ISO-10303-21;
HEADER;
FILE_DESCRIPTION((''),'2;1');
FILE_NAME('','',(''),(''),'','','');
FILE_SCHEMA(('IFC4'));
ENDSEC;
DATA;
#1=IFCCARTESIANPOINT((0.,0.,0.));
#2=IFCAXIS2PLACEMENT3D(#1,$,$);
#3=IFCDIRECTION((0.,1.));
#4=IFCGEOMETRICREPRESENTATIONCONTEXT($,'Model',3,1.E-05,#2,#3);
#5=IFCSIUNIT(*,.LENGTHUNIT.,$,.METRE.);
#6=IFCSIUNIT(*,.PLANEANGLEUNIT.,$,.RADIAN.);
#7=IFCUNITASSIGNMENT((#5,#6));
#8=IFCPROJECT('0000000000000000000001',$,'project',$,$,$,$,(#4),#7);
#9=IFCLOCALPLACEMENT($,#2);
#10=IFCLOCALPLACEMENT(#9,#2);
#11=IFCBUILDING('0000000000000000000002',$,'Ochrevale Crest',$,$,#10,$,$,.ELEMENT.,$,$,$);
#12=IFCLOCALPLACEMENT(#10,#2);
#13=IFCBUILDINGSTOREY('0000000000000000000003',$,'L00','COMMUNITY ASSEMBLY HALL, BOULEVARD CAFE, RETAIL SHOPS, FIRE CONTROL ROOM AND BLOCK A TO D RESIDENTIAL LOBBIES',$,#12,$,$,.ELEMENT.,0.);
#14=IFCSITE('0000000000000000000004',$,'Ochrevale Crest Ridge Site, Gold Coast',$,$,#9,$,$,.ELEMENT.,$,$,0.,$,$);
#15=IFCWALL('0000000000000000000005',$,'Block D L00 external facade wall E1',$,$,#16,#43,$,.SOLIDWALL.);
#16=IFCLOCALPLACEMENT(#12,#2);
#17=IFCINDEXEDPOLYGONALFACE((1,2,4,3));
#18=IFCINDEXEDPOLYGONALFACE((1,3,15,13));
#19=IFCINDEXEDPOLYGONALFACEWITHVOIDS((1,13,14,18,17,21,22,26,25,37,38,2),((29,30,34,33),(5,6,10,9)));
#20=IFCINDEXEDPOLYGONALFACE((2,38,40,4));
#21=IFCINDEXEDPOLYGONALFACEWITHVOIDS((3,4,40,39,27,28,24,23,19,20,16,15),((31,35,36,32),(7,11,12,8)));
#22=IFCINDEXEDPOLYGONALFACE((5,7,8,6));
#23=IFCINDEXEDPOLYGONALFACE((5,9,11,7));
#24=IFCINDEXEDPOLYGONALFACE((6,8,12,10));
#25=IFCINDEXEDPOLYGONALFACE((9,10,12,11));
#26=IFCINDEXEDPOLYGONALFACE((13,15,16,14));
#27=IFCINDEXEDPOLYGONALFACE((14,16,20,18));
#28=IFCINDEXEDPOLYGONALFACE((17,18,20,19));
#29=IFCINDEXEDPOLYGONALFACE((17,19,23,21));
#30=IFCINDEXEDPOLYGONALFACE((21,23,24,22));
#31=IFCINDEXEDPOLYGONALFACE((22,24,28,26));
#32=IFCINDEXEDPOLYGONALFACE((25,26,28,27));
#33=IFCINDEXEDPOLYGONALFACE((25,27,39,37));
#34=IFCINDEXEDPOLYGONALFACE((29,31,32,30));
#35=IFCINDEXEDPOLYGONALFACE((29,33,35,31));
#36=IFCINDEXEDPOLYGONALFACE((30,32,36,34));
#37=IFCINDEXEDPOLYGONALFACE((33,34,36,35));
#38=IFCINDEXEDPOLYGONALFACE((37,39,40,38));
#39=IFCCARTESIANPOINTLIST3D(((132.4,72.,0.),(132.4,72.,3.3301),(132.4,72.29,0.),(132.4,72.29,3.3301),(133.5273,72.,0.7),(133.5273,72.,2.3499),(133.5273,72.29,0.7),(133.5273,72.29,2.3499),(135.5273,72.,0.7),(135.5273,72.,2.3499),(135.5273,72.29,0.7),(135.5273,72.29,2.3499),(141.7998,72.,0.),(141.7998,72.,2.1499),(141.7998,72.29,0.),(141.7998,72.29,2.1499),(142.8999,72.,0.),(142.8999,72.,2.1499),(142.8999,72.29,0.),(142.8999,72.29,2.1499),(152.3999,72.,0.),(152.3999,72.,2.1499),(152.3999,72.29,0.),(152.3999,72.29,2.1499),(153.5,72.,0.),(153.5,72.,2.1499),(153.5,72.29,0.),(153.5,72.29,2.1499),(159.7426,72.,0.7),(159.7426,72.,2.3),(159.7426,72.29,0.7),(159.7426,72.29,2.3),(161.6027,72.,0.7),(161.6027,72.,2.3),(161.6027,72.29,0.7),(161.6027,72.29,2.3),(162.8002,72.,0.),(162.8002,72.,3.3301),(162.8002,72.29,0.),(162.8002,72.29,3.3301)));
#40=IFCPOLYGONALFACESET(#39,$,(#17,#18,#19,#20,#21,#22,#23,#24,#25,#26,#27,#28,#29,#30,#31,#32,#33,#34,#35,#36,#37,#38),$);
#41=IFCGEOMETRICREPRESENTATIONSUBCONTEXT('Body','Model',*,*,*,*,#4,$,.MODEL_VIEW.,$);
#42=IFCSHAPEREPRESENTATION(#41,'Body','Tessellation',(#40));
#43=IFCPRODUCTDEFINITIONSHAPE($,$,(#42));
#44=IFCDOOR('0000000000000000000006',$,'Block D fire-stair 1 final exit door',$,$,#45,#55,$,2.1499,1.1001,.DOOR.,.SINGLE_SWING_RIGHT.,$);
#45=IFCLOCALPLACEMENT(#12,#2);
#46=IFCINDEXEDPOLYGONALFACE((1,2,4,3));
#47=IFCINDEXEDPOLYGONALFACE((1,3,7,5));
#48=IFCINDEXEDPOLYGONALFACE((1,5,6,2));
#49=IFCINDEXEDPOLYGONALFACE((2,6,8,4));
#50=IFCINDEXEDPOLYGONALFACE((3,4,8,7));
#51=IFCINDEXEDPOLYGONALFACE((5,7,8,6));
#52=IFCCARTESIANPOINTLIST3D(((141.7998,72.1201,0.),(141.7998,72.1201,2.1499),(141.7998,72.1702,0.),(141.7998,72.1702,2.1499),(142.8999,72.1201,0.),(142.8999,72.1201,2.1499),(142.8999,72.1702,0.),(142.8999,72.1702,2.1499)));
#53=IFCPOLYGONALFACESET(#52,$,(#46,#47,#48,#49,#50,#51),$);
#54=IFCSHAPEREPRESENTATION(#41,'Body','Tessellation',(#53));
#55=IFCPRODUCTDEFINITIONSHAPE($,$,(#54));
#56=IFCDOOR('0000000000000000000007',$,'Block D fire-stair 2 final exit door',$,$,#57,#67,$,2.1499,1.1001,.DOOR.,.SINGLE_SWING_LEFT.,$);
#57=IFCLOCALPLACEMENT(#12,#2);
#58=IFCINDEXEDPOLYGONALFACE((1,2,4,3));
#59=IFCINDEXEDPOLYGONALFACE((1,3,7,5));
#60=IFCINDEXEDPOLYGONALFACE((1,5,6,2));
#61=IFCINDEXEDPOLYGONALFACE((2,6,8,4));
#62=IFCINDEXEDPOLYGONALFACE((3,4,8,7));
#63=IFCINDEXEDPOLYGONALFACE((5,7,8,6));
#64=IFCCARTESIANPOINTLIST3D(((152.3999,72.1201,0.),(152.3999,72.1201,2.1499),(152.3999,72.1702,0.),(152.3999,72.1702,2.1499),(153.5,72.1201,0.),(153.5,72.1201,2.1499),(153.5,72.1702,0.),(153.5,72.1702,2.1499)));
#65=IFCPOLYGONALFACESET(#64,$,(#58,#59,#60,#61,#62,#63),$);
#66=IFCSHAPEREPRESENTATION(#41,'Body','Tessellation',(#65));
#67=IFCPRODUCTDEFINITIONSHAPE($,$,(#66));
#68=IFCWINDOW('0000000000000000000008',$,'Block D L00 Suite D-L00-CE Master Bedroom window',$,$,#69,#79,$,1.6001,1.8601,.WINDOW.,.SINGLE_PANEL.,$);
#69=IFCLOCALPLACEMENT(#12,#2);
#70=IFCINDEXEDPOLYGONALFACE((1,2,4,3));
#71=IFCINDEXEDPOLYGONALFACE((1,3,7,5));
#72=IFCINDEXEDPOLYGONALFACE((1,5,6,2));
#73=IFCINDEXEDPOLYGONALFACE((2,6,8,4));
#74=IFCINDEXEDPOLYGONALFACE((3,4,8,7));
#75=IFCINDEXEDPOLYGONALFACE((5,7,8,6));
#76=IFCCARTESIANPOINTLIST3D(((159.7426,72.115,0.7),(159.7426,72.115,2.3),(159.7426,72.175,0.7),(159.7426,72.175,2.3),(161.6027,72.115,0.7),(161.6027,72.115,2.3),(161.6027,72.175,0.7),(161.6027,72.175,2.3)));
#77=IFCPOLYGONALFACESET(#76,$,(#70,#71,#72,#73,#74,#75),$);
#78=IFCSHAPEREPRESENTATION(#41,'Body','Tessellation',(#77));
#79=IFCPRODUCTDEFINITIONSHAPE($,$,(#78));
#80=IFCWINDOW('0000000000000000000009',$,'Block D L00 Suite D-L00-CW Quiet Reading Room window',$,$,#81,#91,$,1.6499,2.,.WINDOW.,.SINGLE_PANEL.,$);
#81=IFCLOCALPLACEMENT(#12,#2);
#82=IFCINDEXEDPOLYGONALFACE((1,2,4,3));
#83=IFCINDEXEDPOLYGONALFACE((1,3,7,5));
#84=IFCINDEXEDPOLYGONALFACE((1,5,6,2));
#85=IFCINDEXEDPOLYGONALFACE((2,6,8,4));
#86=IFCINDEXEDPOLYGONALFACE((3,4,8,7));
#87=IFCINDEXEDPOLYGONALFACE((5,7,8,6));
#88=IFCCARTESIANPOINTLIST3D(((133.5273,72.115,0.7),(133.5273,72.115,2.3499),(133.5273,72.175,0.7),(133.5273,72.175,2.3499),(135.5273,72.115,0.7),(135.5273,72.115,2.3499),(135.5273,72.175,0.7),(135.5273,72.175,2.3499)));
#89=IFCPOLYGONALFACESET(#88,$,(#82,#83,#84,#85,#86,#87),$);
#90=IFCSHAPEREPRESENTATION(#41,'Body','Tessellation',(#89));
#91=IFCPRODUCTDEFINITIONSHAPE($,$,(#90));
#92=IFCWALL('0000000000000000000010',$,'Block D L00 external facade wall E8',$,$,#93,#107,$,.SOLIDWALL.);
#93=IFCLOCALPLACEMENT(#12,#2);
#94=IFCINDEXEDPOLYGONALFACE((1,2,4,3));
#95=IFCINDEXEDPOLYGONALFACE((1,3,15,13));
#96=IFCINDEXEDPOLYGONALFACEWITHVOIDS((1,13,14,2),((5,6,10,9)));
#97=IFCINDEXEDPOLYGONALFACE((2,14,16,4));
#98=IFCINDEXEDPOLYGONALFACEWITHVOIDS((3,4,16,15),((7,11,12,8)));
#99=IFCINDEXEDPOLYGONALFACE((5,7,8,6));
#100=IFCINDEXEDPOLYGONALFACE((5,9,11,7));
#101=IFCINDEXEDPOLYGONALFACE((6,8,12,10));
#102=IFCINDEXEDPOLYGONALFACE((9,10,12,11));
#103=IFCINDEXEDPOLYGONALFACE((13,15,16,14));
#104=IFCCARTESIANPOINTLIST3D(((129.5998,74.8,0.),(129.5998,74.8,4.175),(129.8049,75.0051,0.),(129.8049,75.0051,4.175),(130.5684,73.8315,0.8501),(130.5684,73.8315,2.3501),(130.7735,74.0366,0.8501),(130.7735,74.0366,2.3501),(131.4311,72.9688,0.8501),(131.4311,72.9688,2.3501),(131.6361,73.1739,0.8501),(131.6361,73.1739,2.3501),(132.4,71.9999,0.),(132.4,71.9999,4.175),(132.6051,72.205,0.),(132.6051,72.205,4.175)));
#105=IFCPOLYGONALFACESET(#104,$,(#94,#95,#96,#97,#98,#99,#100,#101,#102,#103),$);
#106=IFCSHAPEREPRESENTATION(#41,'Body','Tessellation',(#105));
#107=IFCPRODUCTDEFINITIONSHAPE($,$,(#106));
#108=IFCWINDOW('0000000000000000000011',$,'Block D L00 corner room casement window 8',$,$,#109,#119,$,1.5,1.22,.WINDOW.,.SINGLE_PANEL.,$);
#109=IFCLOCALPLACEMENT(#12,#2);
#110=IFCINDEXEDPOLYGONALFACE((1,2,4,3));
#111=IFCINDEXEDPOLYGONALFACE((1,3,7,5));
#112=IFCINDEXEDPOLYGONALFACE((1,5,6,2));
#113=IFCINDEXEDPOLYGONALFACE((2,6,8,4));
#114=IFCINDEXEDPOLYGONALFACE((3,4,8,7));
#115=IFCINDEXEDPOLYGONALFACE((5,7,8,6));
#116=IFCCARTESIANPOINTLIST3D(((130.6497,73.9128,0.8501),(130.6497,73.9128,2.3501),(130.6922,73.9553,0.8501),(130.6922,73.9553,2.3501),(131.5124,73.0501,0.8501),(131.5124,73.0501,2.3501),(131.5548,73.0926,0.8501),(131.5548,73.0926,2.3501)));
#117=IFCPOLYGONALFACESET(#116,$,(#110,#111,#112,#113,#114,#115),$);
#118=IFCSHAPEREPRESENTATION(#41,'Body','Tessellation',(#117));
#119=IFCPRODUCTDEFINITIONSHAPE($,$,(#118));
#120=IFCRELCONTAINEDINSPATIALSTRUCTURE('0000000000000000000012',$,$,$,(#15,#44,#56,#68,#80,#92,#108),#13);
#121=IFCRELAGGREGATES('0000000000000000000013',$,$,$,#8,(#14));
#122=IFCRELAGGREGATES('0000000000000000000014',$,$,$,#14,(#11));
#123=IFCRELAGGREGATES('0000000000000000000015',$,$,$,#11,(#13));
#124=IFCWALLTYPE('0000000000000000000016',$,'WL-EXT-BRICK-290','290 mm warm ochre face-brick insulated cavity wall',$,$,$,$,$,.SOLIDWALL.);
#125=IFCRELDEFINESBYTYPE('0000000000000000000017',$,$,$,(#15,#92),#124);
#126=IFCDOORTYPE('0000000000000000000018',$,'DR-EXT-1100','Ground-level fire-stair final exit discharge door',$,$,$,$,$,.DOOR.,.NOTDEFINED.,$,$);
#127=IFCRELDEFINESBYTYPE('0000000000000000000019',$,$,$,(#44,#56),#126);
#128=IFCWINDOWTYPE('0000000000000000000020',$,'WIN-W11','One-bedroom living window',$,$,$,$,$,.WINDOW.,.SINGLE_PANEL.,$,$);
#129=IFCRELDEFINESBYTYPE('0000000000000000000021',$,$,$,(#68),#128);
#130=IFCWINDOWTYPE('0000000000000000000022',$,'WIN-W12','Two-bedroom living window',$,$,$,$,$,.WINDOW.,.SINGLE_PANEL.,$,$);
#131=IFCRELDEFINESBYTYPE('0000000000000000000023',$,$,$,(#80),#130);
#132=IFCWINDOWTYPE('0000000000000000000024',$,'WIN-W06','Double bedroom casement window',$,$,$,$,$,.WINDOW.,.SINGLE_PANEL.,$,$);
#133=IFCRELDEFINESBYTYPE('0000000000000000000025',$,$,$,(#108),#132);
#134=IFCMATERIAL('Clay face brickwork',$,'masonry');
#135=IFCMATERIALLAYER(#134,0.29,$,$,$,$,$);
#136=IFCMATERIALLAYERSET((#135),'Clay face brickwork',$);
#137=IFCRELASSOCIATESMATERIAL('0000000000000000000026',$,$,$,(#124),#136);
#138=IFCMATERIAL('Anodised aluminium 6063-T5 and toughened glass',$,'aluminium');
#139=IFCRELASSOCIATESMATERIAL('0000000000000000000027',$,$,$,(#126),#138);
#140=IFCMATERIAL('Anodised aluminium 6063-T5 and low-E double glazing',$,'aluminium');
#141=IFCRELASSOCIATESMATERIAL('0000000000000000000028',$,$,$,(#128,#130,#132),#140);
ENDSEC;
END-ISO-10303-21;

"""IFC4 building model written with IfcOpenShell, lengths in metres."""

from ifc_helpers import new_model, si_unit, direction, frame, frame_2d, origin, place, context, subcontext, project, spatial, rectangle, extrude, material, layer, layer_set, type_object, element, fill, save


model = new_model("IFC4")

# Units and contexts
model_context = context("Model", 3, precision=1e-05, world=origin(), true_north=direction((0.0, 1.0)))
body_context = subcontext(model_context, "Body", "Model", "MODEL_VIEW")
ifc_project = project(units=[si_unit("LENGTHUNIT", "METRE"), si_unit("PLANEANGLEUNIT", "RADIAN")], contexts=[model_context])

# Site, building, storey
site_placement = place(None, origin())
site = spatial("IfcSite", under=ifc_project, at=site_placement, Name="Ochrevale Crest Ridge Site, Gold Coast", CompositionType="ELEMENT", RefElevation=0.0)
building_placement = place(site_placement, origin())
building = spatial("IfcBuilding", under=site, at=building_placement, Name="Ochrevale Crest", CompositionType="ELEMENT")
storey_placement = place(building_placement, origin())
storey = spatial("IfcBuildingStorey", under=building, at=storey_placement, Name="L00", Description="COMMUNITY ASSEMBLY HALL, BOULEVARD CAFE, RETAIL SHOPS, FIRE CONTROL ROOM AND BLOCK A TO D RESIDENTIAL LOBBIES", CompositionType="ELEMENT", Elevation=0.0)

# Wall, openings, doors, windows
ifc_material_1 = material(Name="Clay face brickwork", Category="masonry")
ifc_layer_1 = layer(ifc_material_1, 0.29)
ifc_layer_set_1 = layer_set([ifc_layer_1], Name="Clay face brickwork")
wall_type_1 = type_object("IfcWallType", Name="WL-EXT-BRICK-290", Description="290 mm warm ochre face-brick insulated cavity wall", PredefinedType="SOLIDWALL", material=ifc_layer_set_1)
wall_1_placement = place(storey_placement, frame((132.3999, 72.145, 0.0), z_axis=(0.0, 0.0, 1.0), x_axis=(1.0, 0.0, 0.0)))
wall_1 = element("IfcWall", 1, at=wall_1_placement, inside=storey, type_object=wall_type_1, Name="Block D L00 external facade wall E1", PredefinedType="SOLIDWALL", context=body_context, shape_type="SweptSolid", body=[
    extrude(rectangle(XDim=30.4001, YDim=0.29, at=frame_2d((15.2002, 0.0))), origin(), (0.0, 0.0, 1.0), 3.3301),
])
opening_1_placement = place(wall_1_placement, frame((10.5, 0.0, 0.0), z_axis=(0.0, 0.0, 1.0), x_axis=(-1.0, 0.0, 0.0)))
opening_1 = element("IfcOpeningElement", 2, at=opening_1_placement, cuts=wall_1, PredefinedType="OPENING", context=body_context, shape_type="SweptSolid", body=[
    extrude(rectangle(XDim=1.1001, YDim=2.1499, at=frame_2d((0.55, 1.075))), frame((0.0, 0.155, 0.0), z_axis=(0.0, -1.0, 0.0), x_axis=(1.0, 0.0, 0.0)), (0.0, 0.0, 1.0), 0.3101),
])
opening_2_placement = place(wall_1_placement, frame((21.1001, 0.0, 0.0), z_axis=(0.0, 0.0, 1.0), x_axis=(-1.0, 0.0, 0.0)))
opening_2 = element("IfcOpeningElement", 3, at=opening_2_placement, cuts=wall_1, PredefinedType="OPENING", context=body_context, shape_type="SweptSolid", body=[
    extrude(rectangle(XDim=1.1001, YDim=2.1499, at=frame_2d((0.55, 1.075))), frame((0.0, 0.155, 0.0), z_axis=(0.0, -1.0, 0.0), x_axis=(1.0, 0.0, 0.0)), (0.0, 0.0, 1.0), 0.3101),
])
opening_3_placement = place(wall_1_placement, frame((27.3425, 0.0, 0.7)))
opening_3 = element("IfcOpeningElement", 4, at=opening_3_placement, cuts=wall_1, PredefinedType="OPENING", context=body_context, shape_type="SweptSolid", body=[
    extrude(rectangle(XDim=1.8601, YDim=1.6001, at=frame_2d((0.9302, 0.8))), frame((0.0, 0.155, 0.0), z_axis=(0.0, -1.0, 0.0), x_axis=(1.0, 0.0, 0.0)), (0.0, 0.0, 1.0), 0.3101),
])
opening_4_placement = place(wall_1_placement, frame((1.1274, 0.0, 0.7)))
opening_4 = element("IfcOpeningElement", 5, at=opening_4_placement, cuts=wall_1, PredefinedType="OPENING", context=body_context, shape_type="SweptSolid", body=[
    extrude(rectangle(XDim=2.0, YDim=1.6499, at=frame_2d((1.0, 0.825))), frame((0.0, 0.155, 0.0), z_axis=(0.0, -1.0, 0.0), x_axis=(1.0, 0.0, 0.0)), (0.0, 0.0, 1.0), 0.3101),
])
ifc_material_2 = material(Name="Anodised aluminium 6063-T5 and toughened glass", Category="aluminium")
door_type_1 = type_object("IfcDoorType", Name="DR-EXT-1100", Description="Ground-level fire-stair final exit discharge door", OperationType="NOTDEFINED", PredefinedType="DOOR", material=ifc_material_2)
door_1_placement = place(opening_1_placement, origin())
door_1 = element("IfcDoor", 6, at=door_1_placement, inside=storey, type_object=door_type_1, Name="Block D fire-stair 1 final exit door", OperationType="SINGLE_SWING_RIGHT", OverallHeight=2.1499, OverallWidth=1.1001, PredefinedType="DOOR", context=body_context, shape_type="SweptSolid", body=[
    extrude(rectangle(XDim=1.1001, YDim=2.1499, at=frame_2d((0.55, 1.075))), frame((0.0, 0.0249, 0.0), z_axis=(0.0, -1.0, 0.0), x_axis=(1.0, 0.0, 0.0)), (0.0, 0.0, 1.0), 0.05),
])
fill(opening_1, door_1)
door_2_placement = place(opening_2_placement, origin())
door_2 = element("IfcDoor", 7, at=door_2_placement, inside=storey, type_object=door_type_1, Name="Block D fire-stair 2 final exit door", OperationType="SINGLE_SWING_LEFT", OverallHeight=2.1499, OverallWidth=1.1001, PredefinedType="DOOR", context=body_context, shape_type="SweptSolid", body=[
    extrude(rectangle(XDim=1.1001, YDim=2.1499, at=frame_2d((0.55, 1.075))), frame((0.0, 0.0249, 0.0), z_axis=(0.0, -1.0, 0.0), x_axis=(1.0, 0.0, 0.0)), (0.0, 0.0, 1.0), 0.05),
])
fill(opening_2, door_2)
ifc_material_3 = material(Name="Anodised aluminium 6063-T5 and low-E double glazing", Category="aluminium")
window_type_1 = type_object("IfcWindowType", Name="WIN-W11", Description="One-bedroom living window", PartitioningType="SINGLE_PANEL", PredefinedType="WINDOW", material=ifc_material_3)
window_1_placement = place(opening_3_placement, origin())
window_1 = element("IfcWindow", 8, at=window_1_placement, inside=storey, type_object=window_type_1, Name="Block D L00 Suite D-L00-CE Master Bedroom window", OverallHeight=1.6001, OverallWidth=1.8601, PartitioningType="SINGLE_PANEL", PredefinedType="WINDOW", context=body_context, shape_type="SweptSolid", body=[
    extrude(rectangle(XDim=1.8601, YDim=1.6001, at=frame_2d((0.9302, 0.8))), frame((0.0, 0.03, 0.0), z_axis=(0.0, -1.0, 0.0), x_axis=(1.0, 0.0, 0.0)), (0.0, 0.0, 1.0), 0.0601),
])
fill(opening_3, window_1)
window_type_2 = type_object("IfcWindowType", Name="WIN-W12", Description="Two-bedroom living window", PartitioningType="SINGLE_PANEL", PredefinedType="WINDOW", material=ifc_material_3)
window_2_placement = place(opening_4_placement, origin())
window_2 = element("IfcWindow", 9, at=window_2_placement, inside=storey, type_object=window_type_2, Name="Block D L00 Suite D-L00-CW Quiet Reading Room window", OverallHeight=1.6499, OverallWidth=2.0, PartitioningType="SINGLE_PANEL", PredefinedType="WINDOW", context=body_context, shape_type="SweptSolid", body=[
    extrude(rectangle(XDim=2.0, YDim=1.6499, at=frame_2d((1.0, 0.825))), frame((0.0, 0.03, 0.0), z_axis=(0.0, -1.0, 0.0), x_axis=(1.0, 0.0, 0.0)), (0.0, 0.0, 1.0), 0.0601),
])
fill(opening_4, window_2)

# Wall, opening, window
wall_2_placement = place(storey_placement, frame((129.7024, 74.9026, 0.0), z_axis=(0.0, 0.0, 1.0), x_axis=(0.707107, -0.707107, 0.0)))
wall_2 = element("IfcWall", 10, at=wall_2_placement, inside=storey, type_object=wall_type_1, Name="Block D L00 external facade wall E8", PredefinedType="SOLIDWALL", context=body_context, shape_type="SweptSolid", body=[
    extrude(rectangle(XDim=3.96, YDim=0.29, at=frame_2d((1.98, 0.0))), origin(), (0.0, 0.0, 1.0), 4.175),
])
opening_5_placement = place(wall_2_placement, frame((1.3699, 0.0, 0.8501)))
opening_5 = element("IfcOpeningElement", 11, at=opening_5_placement, cuts=wall_2, PredefinedType="OPENING", context=body_context, shape_type="SweptSolid", body=[
    extrude(rectangle(XDim=1.22, YDim=1.5, at=frame_2d((0.6099, 0.75))), frame((0.0, 0.155, 0.0), z_axis=(0.0, -1.0, 0.0), x_axis=(1.0, 0.0, 0.0)), (0.0, 0.0, 1.0), 0.3101),
])
window_type_3 = type_object("IfcWindowType", Name="WIN-W06", Description="Double bedroom casement window", PartitioningType="SINGLE_PANEL", PredefinedType="WINDOW", material=ifc_material_3)
window_3_placement = place(opening_5_placement, origin())
window_3 = element("IfcWindow", 12, at=window_3_placement, inside=storey, type_object=window_type_3, Name="Block D L00 corner room casement window 8", OverallHeight=1.5, OverallWidth=1.22, PartitioningType="SINGLE_PANEL", PredefinedType="WINDOW", context=body_context, shape_type="SweptSolid", body=[
    extrude(rectangle(XDim=1.22, YDim=1.5, at=frame_2d((0.6099, 0.75))), frame((0.0, 0.03, 0.0), z_axis=(0.0, -1.0, 0.0), x_axis=(1.0, 0.0, 0.0)), (0.0, 0.0, 1.0), 0.0601),
])
fill(opening_5, window_3)

save(model, "model.ifc")
